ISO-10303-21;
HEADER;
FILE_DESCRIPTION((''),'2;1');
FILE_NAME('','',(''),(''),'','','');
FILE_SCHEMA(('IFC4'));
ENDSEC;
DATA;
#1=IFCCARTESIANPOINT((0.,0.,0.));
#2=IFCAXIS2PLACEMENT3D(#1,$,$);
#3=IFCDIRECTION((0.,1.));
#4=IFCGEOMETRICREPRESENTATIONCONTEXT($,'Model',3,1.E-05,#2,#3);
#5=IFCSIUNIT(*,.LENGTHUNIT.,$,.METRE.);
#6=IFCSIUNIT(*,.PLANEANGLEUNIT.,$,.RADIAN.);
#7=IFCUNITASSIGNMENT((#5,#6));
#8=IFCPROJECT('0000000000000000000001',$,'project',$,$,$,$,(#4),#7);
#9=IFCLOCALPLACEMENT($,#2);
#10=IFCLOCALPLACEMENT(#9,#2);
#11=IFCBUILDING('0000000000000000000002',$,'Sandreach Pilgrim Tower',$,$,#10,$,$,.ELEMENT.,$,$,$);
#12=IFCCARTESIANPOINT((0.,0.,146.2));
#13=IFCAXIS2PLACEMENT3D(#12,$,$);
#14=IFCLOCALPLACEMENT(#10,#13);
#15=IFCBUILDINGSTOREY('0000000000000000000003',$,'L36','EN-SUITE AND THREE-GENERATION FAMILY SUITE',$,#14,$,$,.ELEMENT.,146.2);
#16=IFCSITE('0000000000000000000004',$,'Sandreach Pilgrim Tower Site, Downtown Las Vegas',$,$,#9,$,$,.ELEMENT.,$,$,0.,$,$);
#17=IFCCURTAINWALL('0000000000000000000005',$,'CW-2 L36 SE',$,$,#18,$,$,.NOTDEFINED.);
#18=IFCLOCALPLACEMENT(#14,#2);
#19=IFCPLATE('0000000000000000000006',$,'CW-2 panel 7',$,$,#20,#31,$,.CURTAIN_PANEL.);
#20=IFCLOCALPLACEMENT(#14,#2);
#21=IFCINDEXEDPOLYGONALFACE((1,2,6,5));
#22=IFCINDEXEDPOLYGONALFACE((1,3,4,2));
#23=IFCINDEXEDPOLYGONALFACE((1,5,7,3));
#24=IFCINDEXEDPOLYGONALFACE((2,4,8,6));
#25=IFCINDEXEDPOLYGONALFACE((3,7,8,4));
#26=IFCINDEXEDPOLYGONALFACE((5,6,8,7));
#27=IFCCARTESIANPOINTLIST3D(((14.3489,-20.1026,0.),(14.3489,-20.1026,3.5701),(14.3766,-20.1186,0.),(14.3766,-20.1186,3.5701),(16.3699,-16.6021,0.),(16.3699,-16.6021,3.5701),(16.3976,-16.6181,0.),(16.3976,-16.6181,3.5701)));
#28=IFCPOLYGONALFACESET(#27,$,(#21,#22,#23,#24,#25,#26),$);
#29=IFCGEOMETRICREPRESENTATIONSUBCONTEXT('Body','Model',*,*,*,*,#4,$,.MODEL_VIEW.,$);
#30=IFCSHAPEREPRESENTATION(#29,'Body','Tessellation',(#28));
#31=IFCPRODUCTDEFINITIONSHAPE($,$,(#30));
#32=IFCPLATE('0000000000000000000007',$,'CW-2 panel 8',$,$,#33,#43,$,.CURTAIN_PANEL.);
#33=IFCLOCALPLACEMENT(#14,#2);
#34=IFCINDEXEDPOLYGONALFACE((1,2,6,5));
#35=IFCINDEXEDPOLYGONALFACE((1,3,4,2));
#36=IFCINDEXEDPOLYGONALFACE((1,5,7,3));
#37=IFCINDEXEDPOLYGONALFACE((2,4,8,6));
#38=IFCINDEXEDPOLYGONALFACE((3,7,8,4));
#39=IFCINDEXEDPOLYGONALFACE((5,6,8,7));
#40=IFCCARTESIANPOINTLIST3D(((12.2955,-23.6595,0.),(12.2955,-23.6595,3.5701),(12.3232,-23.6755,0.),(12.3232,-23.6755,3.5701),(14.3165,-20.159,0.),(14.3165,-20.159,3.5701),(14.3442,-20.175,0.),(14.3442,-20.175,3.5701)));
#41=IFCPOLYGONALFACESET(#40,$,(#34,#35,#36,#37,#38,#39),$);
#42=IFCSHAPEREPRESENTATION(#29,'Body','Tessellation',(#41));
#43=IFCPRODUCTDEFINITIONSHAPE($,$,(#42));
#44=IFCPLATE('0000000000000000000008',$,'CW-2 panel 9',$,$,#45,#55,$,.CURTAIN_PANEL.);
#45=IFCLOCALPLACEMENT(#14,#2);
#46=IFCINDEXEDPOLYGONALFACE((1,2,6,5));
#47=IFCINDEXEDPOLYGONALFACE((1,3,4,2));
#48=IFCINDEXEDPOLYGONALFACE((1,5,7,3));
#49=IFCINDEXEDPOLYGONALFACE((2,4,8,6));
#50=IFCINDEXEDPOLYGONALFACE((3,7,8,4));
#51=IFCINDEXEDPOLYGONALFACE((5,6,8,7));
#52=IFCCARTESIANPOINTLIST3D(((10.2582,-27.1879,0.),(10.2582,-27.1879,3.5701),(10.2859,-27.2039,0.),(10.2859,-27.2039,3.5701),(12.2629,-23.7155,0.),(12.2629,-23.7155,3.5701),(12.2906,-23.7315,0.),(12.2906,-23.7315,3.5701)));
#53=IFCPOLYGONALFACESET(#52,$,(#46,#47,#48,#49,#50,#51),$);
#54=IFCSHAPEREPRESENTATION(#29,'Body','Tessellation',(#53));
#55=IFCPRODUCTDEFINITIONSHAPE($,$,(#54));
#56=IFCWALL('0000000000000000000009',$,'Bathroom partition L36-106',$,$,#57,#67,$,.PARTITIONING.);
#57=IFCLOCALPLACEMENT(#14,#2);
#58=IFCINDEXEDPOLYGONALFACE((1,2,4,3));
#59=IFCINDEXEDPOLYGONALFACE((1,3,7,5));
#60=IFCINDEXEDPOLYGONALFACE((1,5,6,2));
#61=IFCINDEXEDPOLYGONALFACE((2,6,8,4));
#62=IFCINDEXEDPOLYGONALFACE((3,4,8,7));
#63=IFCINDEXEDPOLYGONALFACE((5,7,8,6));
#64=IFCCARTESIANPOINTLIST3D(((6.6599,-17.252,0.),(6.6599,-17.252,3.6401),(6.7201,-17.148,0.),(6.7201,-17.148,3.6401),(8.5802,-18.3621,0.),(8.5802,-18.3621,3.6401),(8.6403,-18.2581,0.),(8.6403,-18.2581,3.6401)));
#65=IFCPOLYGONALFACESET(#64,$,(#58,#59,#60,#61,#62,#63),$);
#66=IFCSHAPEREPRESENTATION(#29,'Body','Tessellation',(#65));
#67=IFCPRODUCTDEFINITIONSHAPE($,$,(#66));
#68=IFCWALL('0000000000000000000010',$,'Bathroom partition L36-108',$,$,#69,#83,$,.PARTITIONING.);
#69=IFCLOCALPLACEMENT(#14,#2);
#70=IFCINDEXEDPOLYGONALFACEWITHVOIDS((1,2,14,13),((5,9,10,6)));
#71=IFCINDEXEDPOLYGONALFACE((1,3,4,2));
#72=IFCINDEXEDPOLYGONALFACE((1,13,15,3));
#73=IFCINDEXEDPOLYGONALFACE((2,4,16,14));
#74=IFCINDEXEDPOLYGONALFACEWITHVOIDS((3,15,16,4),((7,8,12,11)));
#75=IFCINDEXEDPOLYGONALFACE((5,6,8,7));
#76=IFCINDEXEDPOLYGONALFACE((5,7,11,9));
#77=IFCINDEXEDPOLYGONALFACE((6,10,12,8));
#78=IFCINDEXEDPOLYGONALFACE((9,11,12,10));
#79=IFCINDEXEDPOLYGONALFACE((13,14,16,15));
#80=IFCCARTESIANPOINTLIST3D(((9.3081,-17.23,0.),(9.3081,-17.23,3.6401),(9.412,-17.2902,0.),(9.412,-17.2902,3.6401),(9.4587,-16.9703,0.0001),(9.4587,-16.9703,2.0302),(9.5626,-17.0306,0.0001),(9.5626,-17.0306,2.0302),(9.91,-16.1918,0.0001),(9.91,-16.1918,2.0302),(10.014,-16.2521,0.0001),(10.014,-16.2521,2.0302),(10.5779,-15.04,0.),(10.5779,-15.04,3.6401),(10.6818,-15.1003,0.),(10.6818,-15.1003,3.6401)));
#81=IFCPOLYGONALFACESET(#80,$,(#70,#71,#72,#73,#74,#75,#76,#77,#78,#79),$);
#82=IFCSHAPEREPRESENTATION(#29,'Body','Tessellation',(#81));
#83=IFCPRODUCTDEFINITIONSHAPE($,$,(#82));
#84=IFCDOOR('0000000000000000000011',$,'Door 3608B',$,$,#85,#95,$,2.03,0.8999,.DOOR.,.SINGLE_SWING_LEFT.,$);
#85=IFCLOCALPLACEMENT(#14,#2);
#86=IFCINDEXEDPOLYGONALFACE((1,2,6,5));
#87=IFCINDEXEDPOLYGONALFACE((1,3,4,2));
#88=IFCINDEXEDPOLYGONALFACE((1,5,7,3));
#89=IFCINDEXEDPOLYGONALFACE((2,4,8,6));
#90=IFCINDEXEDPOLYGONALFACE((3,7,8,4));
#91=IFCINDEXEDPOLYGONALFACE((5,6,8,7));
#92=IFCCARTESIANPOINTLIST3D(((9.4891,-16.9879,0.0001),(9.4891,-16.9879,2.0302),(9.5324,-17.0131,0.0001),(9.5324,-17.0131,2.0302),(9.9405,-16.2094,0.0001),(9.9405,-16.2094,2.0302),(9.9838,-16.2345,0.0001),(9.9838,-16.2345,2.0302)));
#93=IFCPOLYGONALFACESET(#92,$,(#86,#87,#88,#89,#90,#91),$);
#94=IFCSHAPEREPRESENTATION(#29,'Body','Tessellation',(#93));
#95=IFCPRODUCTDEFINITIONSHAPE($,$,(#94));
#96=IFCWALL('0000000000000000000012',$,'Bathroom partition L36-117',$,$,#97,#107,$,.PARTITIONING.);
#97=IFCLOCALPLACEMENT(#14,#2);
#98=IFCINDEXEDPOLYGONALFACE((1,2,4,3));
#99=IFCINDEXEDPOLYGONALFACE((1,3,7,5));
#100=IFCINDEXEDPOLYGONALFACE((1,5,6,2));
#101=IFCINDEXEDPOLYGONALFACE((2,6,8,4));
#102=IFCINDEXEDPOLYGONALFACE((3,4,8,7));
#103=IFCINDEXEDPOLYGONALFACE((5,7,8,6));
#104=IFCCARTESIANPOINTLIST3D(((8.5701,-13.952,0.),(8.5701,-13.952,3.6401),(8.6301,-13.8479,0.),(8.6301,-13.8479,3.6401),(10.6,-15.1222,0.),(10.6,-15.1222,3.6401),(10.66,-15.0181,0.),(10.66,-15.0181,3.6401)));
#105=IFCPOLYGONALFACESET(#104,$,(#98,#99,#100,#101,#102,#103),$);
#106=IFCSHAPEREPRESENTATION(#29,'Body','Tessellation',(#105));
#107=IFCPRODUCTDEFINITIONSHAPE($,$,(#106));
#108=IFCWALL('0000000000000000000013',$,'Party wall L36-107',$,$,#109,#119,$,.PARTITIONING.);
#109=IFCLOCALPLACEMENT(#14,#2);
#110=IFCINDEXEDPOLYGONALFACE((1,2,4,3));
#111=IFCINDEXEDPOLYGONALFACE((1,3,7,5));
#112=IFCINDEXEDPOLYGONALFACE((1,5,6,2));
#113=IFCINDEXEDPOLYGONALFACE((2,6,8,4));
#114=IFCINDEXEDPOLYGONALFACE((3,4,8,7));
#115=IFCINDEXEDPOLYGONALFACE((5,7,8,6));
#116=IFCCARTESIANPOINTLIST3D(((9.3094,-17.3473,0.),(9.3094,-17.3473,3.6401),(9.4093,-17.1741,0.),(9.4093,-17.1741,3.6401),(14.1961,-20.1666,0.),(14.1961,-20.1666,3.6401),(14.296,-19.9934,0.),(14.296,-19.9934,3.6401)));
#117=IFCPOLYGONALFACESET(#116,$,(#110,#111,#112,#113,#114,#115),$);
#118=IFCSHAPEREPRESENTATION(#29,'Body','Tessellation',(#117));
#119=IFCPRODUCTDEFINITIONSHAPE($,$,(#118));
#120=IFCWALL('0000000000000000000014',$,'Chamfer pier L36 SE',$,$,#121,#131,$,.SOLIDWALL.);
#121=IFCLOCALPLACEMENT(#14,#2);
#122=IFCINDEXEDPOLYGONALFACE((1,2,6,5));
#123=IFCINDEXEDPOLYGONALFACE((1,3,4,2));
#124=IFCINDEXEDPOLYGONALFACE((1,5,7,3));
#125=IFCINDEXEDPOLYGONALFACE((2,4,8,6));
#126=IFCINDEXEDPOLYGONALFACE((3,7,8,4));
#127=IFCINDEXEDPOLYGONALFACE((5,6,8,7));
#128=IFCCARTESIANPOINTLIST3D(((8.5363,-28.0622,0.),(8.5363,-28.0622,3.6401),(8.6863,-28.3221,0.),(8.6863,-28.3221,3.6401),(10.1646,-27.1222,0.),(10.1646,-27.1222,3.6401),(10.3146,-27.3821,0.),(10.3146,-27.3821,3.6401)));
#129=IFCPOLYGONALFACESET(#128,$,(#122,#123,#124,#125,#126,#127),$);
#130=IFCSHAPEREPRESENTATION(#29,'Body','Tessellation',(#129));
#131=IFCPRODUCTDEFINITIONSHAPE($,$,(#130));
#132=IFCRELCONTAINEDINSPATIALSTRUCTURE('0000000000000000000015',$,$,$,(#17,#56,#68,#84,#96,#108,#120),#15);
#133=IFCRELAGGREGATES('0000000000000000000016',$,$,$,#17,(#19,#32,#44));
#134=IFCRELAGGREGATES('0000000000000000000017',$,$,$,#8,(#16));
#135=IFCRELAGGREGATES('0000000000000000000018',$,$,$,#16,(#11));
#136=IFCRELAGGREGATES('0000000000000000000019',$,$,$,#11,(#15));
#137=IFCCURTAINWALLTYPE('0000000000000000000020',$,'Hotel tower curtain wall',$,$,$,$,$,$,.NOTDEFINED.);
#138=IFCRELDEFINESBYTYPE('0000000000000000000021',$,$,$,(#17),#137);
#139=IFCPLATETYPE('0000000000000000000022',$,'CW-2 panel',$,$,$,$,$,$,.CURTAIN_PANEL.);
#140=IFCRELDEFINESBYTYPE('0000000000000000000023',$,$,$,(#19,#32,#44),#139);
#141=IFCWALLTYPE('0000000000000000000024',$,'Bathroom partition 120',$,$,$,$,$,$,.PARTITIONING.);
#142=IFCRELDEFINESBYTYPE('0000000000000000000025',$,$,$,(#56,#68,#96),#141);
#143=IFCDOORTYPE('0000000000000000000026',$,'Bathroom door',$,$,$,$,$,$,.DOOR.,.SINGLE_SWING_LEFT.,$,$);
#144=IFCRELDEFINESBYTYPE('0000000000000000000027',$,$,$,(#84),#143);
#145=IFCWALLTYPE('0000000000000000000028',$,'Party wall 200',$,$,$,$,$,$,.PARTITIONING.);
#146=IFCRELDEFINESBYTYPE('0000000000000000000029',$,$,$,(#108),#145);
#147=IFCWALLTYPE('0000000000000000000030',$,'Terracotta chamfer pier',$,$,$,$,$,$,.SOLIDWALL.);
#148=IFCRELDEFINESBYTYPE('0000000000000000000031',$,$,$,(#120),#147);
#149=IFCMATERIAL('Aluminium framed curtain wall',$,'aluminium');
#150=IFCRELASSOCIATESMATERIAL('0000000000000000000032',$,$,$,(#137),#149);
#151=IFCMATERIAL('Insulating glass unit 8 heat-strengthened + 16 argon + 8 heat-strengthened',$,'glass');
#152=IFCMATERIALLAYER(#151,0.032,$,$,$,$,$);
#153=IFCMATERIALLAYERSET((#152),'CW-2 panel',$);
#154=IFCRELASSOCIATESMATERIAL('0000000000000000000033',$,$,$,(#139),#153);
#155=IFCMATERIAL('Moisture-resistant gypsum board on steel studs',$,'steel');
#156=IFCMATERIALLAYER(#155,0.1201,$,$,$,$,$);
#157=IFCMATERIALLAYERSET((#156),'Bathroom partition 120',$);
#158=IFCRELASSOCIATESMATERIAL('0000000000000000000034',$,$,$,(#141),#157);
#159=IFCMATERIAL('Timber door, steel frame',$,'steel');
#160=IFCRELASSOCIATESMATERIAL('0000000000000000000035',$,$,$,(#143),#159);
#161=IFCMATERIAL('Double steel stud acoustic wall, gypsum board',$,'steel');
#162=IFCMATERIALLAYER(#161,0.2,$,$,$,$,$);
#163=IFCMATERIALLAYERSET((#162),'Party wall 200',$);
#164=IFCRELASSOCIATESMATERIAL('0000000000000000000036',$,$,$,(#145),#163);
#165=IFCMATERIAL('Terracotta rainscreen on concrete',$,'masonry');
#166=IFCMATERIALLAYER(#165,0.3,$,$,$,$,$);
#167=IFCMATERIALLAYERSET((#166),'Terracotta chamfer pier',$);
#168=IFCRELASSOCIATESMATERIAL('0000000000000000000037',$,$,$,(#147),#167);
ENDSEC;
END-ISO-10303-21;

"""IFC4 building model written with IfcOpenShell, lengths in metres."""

from ifc_helpers import new_model, si_unit, direction, frame, frame_2d, origin, origin_2d, place, context, subcontext, project, spatial, rectangle, extrude, material, layer, layer_set, type_object, element, fill, aggregate, save


model = new_model("IFC4")

# Units and contexts
model_context = context("Model", 3, precision=1e-05, world=origin(), true_north=direction((0.0, 1.0)))
body_context = subcontext(model_context, "Body", "Model", "MODEL_VIEW")
ifc_project = project(units=[si_unit("LENGTHUNIT", "METRE"), si_unit("PLANEANGLEUNIT", "RADIAN")], contexts=[model_context])

# Site, building, storey
site_placement = place(None, origin())
site = spatial("IfcSite", under=ifc_project, at=site_placement, Name="Sandreach Pilgrim Tower Site, Downtown Las Vegas", CompositionType="ELEMENT", RefElevation=0.0)
building_placement = place(site_placement, origin())
building = spatial("IfcBuilding", under=site, at=building_placement, Name="Sandreach Pilgrim Tower", CompositionType="ELEMENT")
storey_placement = place(building_placement, frame((0.0, 0.0, 146.2)))
storey = spatial("IfcBuildingStorey", under=building, at=storey_placement, Name="L36", Description="EN-SUITE AND THREE-GENERATION FAMILY SUITE", CompositionType="ELEMENT", Elevation=146.2)

# Curtain wall
ifc_material_1 = material(Name="Aluminium framed curtain wall", Category="aluminium")
curtain_wall_type = type_object("IfcCurtainWallType", Name="Hotel tower curtain wall", PredefinedType="NOTDEFINED", material=ifc_material_1)
curtain_wall_1_placement = place(storey_placement, origin())
curtain_wall_1 = element("IfcCurtainWall", 1, at=curtain_wall_1_placement, inside=storey, type_object=curtain_wall_type, Name="CW-2 L36 SE", PredefinedType="NOTDEFINED")

# Plates
ifc_material_2 = material(Name="Insulating glass unit 8 heat-strengthened + 16 argon + 8 heat-strengthened", Category="glass")
ifc_layer_1 = layer(ifc_material_2, 0.032)
ifc_layer_set_1 = layer_set([ifc_layer_1], Name="CW-2 panel")
plate_type = type_object("IfcPlateType", Name="CW-2 panel", PredefinedType="CURTAIN_PANEL", material=ifc_layer_set_1)
plate_1_placement = place(storey_placement, frame((15.3733, -18.3604, 0.0), z_axis=(0.0, 0.0, 1.0), x_axis=(-0.5, -0.866025, 0.0)))
plate_1 = element("IfcPlate", 2, at=plate_1_placement, type_object=plate_type, Name="CW-2 panel 7", PredefinedType="CURTAIN_PANEL", context=body_context, shape_type="SweptSolid", body=[
    extrude(rectangle(XDim=4.042, YDim=0.032, at=origin_2d()), origin(), (0.0, 0.0, 1.0), 3.5701),
])
plate_2_placement = place(storey_placement, frame((13.3198, -21.9172, 0.0), z_axis=(0.0, 0.0, 1.0), x_axis=(-0.5, -0.866025, 0.0)))
plate_2 = element("IfcPlate", 3, at=plate_2_placement, type_object=plate_type, Name="CW-2 panel 8", PredefinedType="CURTAIN_PANEL", context=body_context, shape_type="SweptSolid", body=[
    extrude(rectangle(XDim=4.042, YDim=0.032, at=origin_2d()), origin(), (0.0, 0.0, 1.0), 3.5701),
])
plate_3_placement = place(storey_placement, frame((11.2744, -25.4597, 0.0), z_axis=(0.0, 0.0, 1.0), x_axis=(-0.5, -0.866025, 0.0)))
plate_3 = element("IfcPlate", 4, at=plate_3_placement, type_object=plate_type, Name="CW-2 panel 9", PredefinedType="CURTAIN_PANEL", context=body_context, shape_type="SweptSolid", body=[
    extrude(rectangle(XDim=4.0095, YDim=0.032, at=origin_2d()), origin(), (0.0, 0.0, 1.0), 3.5701),
])
aggregate(curtain_wall_1, [plate_1, plate_2, plate_3])

# Wall
ifc_material_3 = material(Name="Moisture-resistant gypsum board on steel studs", Category="steel")
ifc_layer_2 = layer(ifc_material_3, 0.1201)
ifc_layer_set_2 = layer_set([ifc_layer_2], Name="Bathroom partition 120")
wall_type_1 = type_object("IfcWallType", Name="Bathroom partition 120", PredefinedType="PARTITIONING", material=ifc_layer_set_2)
wall_1_placement = place(storey_placement, frame((8.6101, -18.3101, 0.0), z_axis=(0.0, 0.0, 1.0), x_axis=(-0.865733, 0.500507, 0.0)))
element("IfcWall", 5, at=wall_1_placement, inside=storey, type_object=wall_type_1, Name="Bathroom partition L36-106", PredefinedType="PARTITIONING", context=body_context, shape_type="SweptSolid", body=[
    extrude(rectangle(XDim=2.218, YDim=0.1201, at=frame_2d((1.1089, 0.0))), origin(), (0.0, 0.0, 1.0), 3.6401),
])

# Wall, opening, door
wall_2_placement = place(storey_placement, frame((9.3601, -17.26, 0.0), z_axis=(0.0, 0.0, 1.0), x_axis=(0.501603, 0.865098, 0.0)))
wall_2 = element("IfcWall", 6, at=wall_2_placement, inside=storey, type_object=wall_type_1, Name="Bathroom partition L36-108", PredefinedType="PARTITIONING", context=body_context, shape_type="SweptSolid", body=[
    extrude(rectangle(XDim=2.5315, YDim=0.1201, at=frame_2d((1.2656, 0.0))), origin(), (0.0, 0.0, 1.0), 3.6401),
])
opening_placement = place(wall_2_placement, frame((0.3, 0.0, 0.0)))
opening = element("IfcOpeningElement", 7, at=opening_placement, cuts=wall_2, PredefinedType="OPENING", context=body_context, shape_type="SweptSolid", body=[
    extrude(rectangle(XDim=0.8999, YDim=2.03, at=frame_2d((0.45, 1.0151))), frame((0.0, 0.0601, 0.0), z_axis=(0.0, -1.0, 0.0), x_axis=(1.0, 0.0, 0.0)), (0.0, 0.0, 1.0), 0.1201),
])
ifc_material_4 = material(Name="Timber door, steel frame", Category="steel")
door_type = type_object("IfcDoorType", Name="Bathroom door", OperationType="SINGLE_SWING_LEFT", PredefinedType="DOOR", material=ifc_material_4)
door_placement = place(opening_placement, origin())
door = element("IfcDoor", 8, at=door_placement, inside=storey, type_object=door_type, Name="Door 3608B", OperationType="SINGLE_SWING_LEFT", OverallHeight=2.03, OverallWidth=0.8999, PredefinedType="DOOR", context=body_context, shape_type="SweptSolid", body=[
    extrude(rectangle(XDim=0.8999, YDim=2.03, at=frame_2d((0.45, 1.0151))), frame((0.0, 0.0249, 0.0), z_axis=(0.0, -1.0, 0.0), x_axis=(1.0, 0.0, 0.0)), (0.0, 0.0, 1.0), 0.05),
])
fill(opening, door)

# Walls
wall_3_placement = place(storey_placement, frame((10.6299, -15.0701, 0.0), z_axis=(0.0, 0.0, 1.0), x_axis=(-0.866345, 0.499446, 0.0)))
element("IfcWall", 9, at=wall_3_placement, inside=storey, type_object=wall_type_1, Name="Bathroom partition L36-117", PredefinedType="PARTITIONING", context=body_context, shape_type="SweptSolid", body=[
    extrude(rectangle(XDim=2.343, YDim=0.1201, at=frame_2d((1.1714, 0.0))), origin(), (0.0, 0.0, 1.0), 3.6401),
])
ifc_material_5 = material(Name="Double steel stud acoustic wall, gypsum board", Category="steel")
ifc_layer_3 = layer(ifc_material_5, 0.2)
ifc_layer_set_3 = layer_set([ifc_layer_3], Name="Party wall 200")
wall_type_2 = type_object("IfcWallType", Name="Party wall 200", PredefinedType="PARTITIONING", material=ifc_layer_set_3)
wall_4_placement = place(storey_placement, frame((9.3594, -17.2607, 0.0), z_axis=(0.0, 0.0, 1.0), x_axis=(0.86618, -0.499732, 0.0)))
element("IfcWall", 10, at=wall_4_placement, inside=storey, type_object=wall_type_2, Name="Party wall L36-107", PredefinedType="PARTITIONING", context=body_context, shape_type="SweptSolid", body=[
    extrude(rectangle(XDim=5.6416, YDim=0.2, at=frame_2d((2.8208, 0.0))), origin(), (0.0, 0.0, 1.0), 3.6401),
])
ifc_material_6 = material(Name="Terracotta rainscreen on concrete", Category="masonry")
ifc_layer_4 = layer(ifc_material_6, 0.3)
ifc_layer_set_4 = layer_set([ifc_layer_4], Name="Terracotta chamfer pier")
wall_type_3 = type_object("IfcWallType", Name="Terracotta chamfer pier", PredefinedType="SOLIDWALL", material=ifc_layer_set_4)
wall_5_placement = place(storey_placement, frame((10.2395, -27.2522, 0.0), z_axis=(0.0, 0.0, 1.0), x_axis=(-0.866045, -0.499966, 0.0)))
element("IfcWall", 11, at=wall_5_placement, inside=storey, type_object=wall_type_3, Name="Chamfer pier L36 SE", PredefinedType="SOLIDWALL", context=body_context, shape_type="SweptSolid", body=[
    extrude(rectangle(XDim=1.8801, YDim=0.3, at=frame_2d((0.9399, 0.0))), origin(), (0.0, 0.0, 1.0), 3.6401),
])

save(model, "model.ifc")
